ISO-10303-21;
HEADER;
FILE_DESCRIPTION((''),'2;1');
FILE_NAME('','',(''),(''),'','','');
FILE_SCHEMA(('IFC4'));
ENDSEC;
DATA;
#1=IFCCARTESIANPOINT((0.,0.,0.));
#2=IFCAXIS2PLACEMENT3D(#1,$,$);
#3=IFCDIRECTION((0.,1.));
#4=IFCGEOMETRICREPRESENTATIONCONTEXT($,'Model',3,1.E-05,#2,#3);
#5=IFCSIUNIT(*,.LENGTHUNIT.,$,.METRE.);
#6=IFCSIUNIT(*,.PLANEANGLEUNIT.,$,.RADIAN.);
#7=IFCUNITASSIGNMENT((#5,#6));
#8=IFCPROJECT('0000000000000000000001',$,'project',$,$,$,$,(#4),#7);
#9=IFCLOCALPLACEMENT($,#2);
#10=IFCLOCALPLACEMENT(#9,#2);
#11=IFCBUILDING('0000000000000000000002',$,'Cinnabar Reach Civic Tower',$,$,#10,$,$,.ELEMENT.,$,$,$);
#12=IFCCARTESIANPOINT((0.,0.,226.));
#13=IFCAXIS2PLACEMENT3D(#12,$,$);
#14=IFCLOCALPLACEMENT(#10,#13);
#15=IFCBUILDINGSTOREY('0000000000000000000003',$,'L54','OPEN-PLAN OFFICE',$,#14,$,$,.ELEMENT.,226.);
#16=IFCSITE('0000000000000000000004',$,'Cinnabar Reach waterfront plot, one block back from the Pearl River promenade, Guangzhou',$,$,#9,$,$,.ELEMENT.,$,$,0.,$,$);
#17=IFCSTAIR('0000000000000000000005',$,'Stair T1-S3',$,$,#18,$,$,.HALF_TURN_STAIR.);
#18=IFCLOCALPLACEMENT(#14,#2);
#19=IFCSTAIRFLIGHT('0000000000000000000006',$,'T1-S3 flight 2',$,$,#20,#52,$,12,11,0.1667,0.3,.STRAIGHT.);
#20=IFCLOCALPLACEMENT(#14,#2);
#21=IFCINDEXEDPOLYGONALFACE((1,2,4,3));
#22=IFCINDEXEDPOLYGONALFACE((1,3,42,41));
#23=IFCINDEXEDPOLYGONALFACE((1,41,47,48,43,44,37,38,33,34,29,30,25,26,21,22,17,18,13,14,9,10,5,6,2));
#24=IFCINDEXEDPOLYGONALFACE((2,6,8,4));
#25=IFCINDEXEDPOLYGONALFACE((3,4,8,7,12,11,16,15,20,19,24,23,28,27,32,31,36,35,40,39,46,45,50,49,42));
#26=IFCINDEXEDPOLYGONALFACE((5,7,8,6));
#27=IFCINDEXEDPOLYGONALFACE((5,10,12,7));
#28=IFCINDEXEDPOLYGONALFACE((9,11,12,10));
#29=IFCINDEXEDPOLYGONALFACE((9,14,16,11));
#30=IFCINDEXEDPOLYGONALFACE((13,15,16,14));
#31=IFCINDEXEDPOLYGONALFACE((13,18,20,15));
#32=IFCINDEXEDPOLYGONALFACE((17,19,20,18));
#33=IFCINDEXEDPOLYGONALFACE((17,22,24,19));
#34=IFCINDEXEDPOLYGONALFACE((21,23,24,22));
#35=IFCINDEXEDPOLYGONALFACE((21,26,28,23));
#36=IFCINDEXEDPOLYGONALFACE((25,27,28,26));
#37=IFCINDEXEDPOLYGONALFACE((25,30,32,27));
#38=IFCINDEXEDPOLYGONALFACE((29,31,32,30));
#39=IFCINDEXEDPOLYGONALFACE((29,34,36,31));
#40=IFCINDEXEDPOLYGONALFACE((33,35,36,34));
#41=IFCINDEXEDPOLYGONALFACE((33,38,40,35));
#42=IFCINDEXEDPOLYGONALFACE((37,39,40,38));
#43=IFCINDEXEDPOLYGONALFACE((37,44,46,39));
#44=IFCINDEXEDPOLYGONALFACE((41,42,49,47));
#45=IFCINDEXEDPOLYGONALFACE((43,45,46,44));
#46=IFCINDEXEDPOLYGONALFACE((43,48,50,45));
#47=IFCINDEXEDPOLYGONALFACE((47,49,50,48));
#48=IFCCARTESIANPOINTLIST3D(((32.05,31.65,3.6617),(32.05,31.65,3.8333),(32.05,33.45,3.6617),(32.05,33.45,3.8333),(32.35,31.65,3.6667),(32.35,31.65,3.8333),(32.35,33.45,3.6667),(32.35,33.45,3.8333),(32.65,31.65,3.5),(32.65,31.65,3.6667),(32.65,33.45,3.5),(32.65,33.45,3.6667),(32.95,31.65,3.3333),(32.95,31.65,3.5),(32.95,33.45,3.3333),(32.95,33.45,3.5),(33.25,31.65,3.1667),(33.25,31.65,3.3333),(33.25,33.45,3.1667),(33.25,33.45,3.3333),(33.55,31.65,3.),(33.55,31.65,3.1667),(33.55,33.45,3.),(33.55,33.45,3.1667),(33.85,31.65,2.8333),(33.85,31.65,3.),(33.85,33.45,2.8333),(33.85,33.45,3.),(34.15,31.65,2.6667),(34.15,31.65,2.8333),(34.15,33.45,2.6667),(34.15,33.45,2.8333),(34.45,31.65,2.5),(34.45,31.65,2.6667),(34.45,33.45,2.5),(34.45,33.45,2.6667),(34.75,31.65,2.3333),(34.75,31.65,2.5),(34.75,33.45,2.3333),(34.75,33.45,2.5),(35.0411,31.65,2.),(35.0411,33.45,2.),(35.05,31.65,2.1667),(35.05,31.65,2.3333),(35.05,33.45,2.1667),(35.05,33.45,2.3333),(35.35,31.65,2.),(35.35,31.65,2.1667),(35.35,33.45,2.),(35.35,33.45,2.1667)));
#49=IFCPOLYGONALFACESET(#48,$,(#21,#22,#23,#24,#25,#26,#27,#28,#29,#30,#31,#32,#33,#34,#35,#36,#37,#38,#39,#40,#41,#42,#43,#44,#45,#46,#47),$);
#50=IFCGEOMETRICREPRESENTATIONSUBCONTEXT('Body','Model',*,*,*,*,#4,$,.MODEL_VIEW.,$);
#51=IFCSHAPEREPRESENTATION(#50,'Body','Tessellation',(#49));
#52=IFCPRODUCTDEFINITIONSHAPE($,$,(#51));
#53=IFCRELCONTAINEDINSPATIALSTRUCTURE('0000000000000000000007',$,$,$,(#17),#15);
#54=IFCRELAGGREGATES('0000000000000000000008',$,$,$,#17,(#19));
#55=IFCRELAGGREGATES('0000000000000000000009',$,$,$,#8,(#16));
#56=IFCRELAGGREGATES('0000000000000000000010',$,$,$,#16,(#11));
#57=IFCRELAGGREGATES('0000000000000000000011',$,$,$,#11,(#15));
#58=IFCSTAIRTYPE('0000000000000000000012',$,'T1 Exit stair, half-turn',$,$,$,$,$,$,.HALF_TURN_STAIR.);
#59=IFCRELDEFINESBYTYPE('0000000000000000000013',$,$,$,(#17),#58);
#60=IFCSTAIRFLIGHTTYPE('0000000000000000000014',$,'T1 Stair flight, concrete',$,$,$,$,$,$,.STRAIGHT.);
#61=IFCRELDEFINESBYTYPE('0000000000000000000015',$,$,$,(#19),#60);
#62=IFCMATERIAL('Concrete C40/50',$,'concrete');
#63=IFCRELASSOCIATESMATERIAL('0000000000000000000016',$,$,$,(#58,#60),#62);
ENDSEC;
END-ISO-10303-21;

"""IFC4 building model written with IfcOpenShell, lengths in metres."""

from ifc_helpers import new_model, si_unit, direction, frame, origin, place, context, subcontext, project, spatial, polyline, outline, extrude, material, type_object, element, aggregate, save


model = new_model("IFC4")

# Units and contexts
model_context = context("Model", 3, precision=1e-05, world=origin(), true_north=direction((0.0, 1.0)))
body_context = subcontext(model_context, "Body", "Model", "MODEL_VIEW")
ifc_project = project(units=[si_unit("LENGTHUNIT", "METRE"), si_unit("PLANEANGLEUNIT", "RADIAN")], contexts=[model_context])

# Site, building, storey
site_placement = place(None, origin())
site = spatial("IfcSite", under=ifc_project, at=site_placement, Name="Cinnabar Reach waterfront plot, one block back from the Pearl River promenade, Guangzhou", CompositionType="ELEMENT", RefElevation=0.0)
building_placement = place(site_placement, origin())
building = spatial("IfcBuilding", under=site, at=building_placement, Name="Cinnabar Reach Civic Tower", CompositionType="ELEMENT")
storey_placement = place(building_placement, frame((0.0, 0.0, 226.0)))
storey = spatial("IfcBuildingStorey", under=building, at=storey_placement, Name="L54", Description="OPEN-PLAN OFFICE", CompositionType="ELEMENT", Elevation=226.0)

# Stair, stair flight
ifc_material_1 = material(Name="Concrete C40/50", Category="concrete")
stair_type = type_object("IfcStairType", Name="T1 Exit stair, half-turn", PredefinedType="HALF_TURN_STAIR", material=ifc_material_1)
stair_placement = place(storey_placement, origin())
stair = element("IfcStair", 1, at=stair_placement, inside=storey, type_object=stair_type, Name="Stair T1-S3", PredefinedType="HALF_TURN_STAIR")
stair_flight_type = type_object("IfcStairFlightType", Name="T1 Stair flight, concrete", PredefinedType="STRAIGHT", material=ifc_material_1)
stair_flight_placement = place(storey_placement, frame((35.35, 32.55, 2.0), z_axis=(0.0, 0.0, 1.0), x_axis=(-1.0, 0.0, 0.0)))
stair_flight = element("IfcStairFlight", 2, at=stair_flight_placement, type_object=stair_flight_type, Name="T1-S3 flight 2", NumberOfRisers=12, NumberOfTreads=11, PredefinedType="STRAIGHT", RiserHeight=0.1667, TreadLength=0.3, context=body_context, shape_type="SweptSolid", body=[
    extrude(outline(polyline([(0.0, 0.0), (0.0, 0.1667), (0.3, 0.1667), (0.3, 0.3333), (0.6, 0.3333), (0.6, 0.5), (0.9, 0.5), (0.9, 0.6667), (1.2, 0.6667), (1.2, 0.8333), (1.5, 0.8333), (1.5, 1.0), (1.8, 1.0), (1.8, 1.1667), (2.1, 1.1667), (2.1, 1.3333), (2.4, 1.3333), (2.4, 1.5), (2.7, 1.5), (2.7, 1.6667), (3.0, 1.6667), (3.0, 1.8333), (3.3, 1.8333), (3.3, 2.0), (3.3, 1.6617), (0.3089, 0.0), (0.0, 0.0)])), frame((0.0, 0.9, 0.0), z_axis=(0.0, -1.0, 0.0), x_axis=(1.0, 0.0, 0.0)), (0.0, 0.0, 1.0), 1.8),
])
aggregate(stair, [stair_flight])

save(model, "model.ifc")
